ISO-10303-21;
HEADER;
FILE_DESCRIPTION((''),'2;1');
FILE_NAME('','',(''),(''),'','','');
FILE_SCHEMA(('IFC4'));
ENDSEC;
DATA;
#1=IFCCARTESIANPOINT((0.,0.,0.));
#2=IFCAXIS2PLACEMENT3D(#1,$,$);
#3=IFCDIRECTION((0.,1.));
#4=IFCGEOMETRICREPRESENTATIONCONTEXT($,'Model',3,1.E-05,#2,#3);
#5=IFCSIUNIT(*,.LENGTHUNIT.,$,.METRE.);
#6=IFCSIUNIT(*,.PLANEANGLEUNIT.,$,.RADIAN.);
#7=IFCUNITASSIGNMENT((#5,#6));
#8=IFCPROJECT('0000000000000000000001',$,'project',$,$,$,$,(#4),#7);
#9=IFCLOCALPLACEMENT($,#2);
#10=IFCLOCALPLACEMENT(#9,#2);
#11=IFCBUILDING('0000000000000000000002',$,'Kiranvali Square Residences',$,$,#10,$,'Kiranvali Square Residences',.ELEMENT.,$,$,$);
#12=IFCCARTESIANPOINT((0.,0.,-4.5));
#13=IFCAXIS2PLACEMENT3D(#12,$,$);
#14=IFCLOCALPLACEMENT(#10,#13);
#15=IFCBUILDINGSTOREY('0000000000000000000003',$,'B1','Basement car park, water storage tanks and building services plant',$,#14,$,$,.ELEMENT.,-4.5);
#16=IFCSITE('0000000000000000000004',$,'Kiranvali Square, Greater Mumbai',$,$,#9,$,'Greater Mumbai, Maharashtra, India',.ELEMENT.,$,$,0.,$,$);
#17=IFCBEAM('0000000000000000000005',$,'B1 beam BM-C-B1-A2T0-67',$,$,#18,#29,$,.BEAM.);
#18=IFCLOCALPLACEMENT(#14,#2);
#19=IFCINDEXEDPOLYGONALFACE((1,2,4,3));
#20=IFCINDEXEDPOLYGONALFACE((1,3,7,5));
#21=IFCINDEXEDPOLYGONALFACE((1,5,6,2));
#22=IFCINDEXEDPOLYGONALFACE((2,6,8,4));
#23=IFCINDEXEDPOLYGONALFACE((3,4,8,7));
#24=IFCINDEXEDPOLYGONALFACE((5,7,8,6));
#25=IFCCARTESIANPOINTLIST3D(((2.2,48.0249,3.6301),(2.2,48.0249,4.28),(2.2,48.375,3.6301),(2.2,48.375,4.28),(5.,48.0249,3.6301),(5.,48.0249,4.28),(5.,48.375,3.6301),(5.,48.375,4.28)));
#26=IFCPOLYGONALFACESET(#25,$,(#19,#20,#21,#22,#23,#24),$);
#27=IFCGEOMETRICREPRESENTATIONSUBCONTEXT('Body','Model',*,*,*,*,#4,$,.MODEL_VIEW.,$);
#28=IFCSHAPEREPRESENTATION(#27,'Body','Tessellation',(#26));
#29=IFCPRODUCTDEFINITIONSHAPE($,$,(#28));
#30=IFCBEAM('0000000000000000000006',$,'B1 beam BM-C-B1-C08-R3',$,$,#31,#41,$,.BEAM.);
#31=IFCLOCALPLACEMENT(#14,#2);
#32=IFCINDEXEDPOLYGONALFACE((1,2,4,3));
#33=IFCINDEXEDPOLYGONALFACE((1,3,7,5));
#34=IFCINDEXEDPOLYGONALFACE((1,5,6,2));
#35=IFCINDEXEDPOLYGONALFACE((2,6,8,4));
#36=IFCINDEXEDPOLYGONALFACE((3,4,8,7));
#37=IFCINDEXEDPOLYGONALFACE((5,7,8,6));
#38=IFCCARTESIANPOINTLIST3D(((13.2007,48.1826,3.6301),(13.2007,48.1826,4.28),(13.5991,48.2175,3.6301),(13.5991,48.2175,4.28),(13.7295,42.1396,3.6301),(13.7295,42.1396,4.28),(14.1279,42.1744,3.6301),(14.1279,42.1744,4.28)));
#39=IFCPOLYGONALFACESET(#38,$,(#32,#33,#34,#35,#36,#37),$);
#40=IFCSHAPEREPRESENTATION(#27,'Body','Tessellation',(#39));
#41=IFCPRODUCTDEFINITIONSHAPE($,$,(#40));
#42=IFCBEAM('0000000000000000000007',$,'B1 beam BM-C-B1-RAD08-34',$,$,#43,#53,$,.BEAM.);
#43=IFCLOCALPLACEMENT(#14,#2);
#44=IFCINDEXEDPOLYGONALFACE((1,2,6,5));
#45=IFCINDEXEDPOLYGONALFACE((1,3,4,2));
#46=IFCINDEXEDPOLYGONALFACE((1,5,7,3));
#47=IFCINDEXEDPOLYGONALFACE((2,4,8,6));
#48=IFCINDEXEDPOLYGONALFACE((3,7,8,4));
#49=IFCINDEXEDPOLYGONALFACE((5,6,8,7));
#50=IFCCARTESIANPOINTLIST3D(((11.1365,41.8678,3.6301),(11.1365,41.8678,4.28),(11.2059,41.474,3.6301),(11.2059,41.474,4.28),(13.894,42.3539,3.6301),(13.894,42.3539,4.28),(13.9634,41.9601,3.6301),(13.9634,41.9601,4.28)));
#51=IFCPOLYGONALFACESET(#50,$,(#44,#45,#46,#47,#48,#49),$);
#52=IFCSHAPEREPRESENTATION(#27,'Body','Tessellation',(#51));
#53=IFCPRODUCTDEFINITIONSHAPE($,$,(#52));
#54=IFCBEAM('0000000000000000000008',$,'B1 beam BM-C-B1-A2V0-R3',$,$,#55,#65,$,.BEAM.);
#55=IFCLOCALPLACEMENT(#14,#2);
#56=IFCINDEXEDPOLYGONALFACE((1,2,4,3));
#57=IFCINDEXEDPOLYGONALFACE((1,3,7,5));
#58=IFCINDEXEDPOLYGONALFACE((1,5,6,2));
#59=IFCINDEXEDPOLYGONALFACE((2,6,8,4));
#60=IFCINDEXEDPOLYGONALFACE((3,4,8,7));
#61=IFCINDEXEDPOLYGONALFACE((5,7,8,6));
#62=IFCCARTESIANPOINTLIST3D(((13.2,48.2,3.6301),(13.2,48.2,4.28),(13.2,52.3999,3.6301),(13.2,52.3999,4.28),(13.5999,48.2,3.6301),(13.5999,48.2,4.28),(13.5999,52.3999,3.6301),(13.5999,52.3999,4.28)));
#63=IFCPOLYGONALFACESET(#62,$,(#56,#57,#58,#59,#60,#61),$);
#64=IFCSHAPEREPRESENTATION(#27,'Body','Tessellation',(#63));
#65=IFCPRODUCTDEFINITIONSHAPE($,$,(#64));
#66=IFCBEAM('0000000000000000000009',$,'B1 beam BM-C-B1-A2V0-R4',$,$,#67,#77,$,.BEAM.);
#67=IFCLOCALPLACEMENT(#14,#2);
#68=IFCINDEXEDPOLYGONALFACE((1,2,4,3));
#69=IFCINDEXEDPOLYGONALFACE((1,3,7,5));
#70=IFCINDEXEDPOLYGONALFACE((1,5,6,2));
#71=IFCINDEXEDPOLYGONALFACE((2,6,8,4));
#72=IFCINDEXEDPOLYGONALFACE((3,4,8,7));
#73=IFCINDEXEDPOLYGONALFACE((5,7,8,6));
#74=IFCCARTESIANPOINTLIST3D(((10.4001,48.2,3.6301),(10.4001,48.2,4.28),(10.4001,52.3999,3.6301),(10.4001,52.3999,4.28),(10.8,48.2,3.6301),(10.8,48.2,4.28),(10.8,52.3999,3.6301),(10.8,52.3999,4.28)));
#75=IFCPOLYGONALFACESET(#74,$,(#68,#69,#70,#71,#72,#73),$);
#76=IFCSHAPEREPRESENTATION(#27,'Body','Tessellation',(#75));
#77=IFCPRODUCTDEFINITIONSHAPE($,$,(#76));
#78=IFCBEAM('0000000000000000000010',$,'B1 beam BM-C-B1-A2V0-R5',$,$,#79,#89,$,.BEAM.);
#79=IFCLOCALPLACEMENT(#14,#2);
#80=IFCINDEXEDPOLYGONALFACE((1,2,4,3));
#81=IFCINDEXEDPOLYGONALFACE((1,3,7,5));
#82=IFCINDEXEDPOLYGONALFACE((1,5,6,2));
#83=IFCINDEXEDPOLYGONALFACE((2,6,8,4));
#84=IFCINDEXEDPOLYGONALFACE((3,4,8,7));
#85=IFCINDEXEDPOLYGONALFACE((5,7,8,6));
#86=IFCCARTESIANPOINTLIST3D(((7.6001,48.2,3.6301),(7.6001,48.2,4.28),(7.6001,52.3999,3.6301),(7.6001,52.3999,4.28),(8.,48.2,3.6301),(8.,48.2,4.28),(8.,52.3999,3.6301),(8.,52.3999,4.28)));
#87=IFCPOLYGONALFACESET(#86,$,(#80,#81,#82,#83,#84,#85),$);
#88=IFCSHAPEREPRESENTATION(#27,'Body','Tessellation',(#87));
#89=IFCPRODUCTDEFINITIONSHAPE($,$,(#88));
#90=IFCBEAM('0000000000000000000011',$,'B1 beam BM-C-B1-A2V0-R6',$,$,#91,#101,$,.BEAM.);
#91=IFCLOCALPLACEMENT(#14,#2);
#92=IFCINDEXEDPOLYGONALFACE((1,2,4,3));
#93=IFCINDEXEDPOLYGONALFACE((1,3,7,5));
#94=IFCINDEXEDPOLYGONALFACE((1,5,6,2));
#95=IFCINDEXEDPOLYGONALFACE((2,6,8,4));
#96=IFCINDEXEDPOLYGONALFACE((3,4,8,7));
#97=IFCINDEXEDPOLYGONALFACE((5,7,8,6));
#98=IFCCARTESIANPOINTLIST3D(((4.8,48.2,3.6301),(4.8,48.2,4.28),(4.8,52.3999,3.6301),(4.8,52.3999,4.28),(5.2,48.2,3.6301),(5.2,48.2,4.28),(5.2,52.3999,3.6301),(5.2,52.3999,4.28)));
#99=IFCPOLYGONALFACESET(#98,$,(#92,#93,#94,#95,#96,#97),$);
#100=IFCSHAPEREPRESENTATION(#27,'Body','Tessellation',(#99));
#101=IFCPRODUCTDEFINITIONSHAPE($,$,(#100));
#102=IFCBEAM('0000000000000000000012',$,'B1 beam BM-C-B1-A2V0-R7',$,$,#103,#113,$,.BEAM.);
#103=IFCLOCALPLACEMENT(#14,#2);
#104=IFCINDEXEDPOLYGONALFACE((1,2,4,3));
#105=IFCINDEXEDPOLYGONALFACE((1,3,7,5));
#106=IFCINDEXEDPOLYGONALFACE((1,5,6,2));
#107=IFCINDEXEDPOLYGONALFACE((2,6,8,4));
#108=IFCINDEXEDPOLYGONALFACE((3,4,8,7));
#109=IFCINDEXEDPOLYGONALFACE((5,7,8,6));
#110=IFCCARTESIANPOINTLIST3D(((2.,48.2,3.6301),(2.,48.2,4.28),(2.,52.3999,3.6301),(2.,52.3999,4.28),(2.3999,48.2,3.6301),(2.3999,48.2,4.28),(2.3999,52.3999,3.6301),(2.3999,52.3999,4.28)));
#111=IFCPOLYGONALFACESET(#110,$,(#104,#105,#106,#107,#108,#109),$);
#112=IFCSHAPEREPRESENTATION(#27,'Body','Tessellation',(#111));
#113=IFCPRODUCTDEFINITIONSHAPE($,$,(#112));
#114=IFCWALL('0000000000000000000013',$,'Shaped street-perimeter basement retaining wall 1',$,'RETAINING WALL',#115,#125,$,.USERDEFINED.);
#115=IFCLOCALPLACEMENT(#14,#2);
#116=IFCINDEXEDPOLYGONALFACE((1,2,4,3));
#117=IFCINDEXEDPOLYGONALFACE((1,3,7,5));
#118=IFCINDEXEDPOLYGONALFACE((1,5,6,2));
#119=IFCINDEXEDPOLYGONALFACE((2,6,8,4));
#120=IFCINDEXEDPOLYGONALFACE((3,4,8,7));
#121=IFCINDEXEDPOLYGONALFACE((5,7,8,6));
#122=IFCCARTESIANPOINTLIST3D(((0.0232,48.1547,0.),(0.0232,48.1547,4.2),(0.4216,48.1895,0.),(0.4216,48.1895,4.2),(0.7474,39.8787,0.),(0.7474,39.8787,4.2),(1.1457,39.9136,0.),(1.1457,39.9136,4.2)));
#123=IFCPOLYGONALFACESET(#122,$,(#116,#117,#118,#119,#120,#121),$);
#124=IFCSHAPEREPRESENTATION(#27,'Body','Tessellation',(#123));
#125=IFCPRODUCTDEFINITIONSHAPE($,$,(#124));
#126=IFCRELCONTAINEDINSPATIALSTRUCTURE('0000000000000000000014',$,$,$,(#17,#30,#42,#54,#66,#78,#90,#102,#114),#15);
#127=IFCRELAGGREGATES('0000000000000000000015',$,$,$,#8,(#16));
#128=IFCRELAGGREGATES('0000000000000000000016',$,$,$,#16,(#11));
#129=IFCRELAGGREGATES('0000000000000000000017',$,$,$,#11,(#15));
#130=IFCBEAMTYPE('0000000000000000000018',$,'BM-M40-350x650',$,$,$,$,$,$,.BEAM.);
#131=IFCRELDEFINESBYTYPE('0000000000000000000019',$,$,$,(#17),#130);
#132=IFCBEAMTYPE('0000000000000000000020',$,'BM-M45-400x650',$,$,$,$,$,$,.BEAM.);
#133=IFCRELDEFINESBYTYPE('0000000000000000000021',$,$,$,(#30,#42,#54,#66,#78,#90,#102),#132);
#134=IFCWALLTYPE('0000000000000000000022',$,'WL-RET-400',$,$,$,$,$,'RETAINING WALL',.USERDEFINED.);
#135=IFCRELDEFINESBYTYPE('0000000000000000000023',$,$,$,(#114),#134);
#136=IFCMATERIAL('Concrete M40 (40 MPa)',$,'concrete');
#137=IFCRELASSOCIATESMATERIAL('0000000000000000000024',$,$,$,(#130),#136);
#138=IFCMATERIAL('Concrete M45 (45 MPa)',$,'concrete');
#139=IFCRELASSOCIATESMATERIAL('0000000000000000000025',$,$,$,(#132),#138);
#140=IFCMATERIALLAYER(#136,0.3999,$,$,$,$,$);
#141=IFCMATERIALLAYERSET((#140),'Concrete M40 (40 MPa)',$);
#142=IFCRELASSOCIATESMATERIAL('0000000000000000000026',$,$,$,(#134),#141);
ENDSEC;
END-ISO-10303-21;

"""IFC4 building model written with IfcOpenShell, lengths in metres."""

from ifc_helpers import new_model, si_unit, direction, frame, frame_2d, origin, origin_2d, place, context, subcontext, project, spatial, rectangle, extrude, material, layer, layer_set, material_profile, profile_set, type_object, element, save


model = new_model("IFC4")

# Units and contexts
model_context = context("Model", 3, precision=1e-05, world=origin(), true_north=direction((0.0, 1.0)))
body_context = subcontext(model_context, "Body", "Model", "MODEL_VIEW")
ifc_project = project(units=[si_unit("LENGTHUNIT", "METRE"), si_unit("PLANEANGLEUNIT", "RADIAN")], contexts=[model_context])

# Site, building, storey
site_placement = place(None, origin())
site = spatial("IfcSite", under=ifc_project, at=site_placement, Name="Kiranvali Square, Greater Mumbai", LongName="Greater Mumbai, Maharashtra, India", CompositionType="ELEMENT", RefElevation=0.0)
building_placement = place(site_placement, origin())
building = spatial("IfcBuilding", under=site, at=building_placement, Name="Kiranvali Square Residences", LongName="Kiranvali Square Residences", CompositionType="ELEMENT")
storey_placement = place(building_placement, frame((0.0, 0.0, -4.5)))
storey = spatial("IfcBuildingStorey", under=building, at=storey_placement, Name="B1", Description="Basement car park, water storage tanks and building services plant", CompositionType="ELEMENT", Elevation=-4.5)

# Shared definitions
ifc_material_1 = material(Name="Concrete M40 (40 MPa)", Category="concrete")

# Beams
ifc_material_profile_1 = material_profile(ifc_material_1, rectangle(XDim=0.3501, YDim=0.6499, at=origin_2d()), Name="RC 350x650")
ifc_profile_set_1 = profile_set([ifc_material_profile_1], Name="Concrete M40 (40 MPa)")
beam_type_1 = type_object("IfcBeamType", Name="BM-M40-350x650", PredefinedType="BEAM", material=ifc_profile_set_1)
for number, where, z_axis, x_axis, name in (
    (1, (5.0, 48.2, 3.9551), (-1.0, 0.0, 0.0), (0.0, -1.0, 0.0), "B1 beam BM-C-B1-A2T0-67"),
):
    element("IfcBeam", number, at=place(storey_placement, frame(where, z_axis=z_axis, x_axis=x_axis)), inside=storey, type_object=beam_type_1, Name=name, PredefinedType="BEAM", context=body_context, shape_type="SweptSolid", body=[
        extrude(rectangle(XDim=0.3501, YDim=0.6499, at=origin_2d()), origin(), (0.0, 0.0, 1.0), 2.8),
    ])
ifc_material_2 = material(Name="Concrete M45 (45 MPa)", Category="concrete")
ifc_material_profile_2 = material_profile(ifc_material_2, rectangle(XDim=0.3999, YDim=0.6499, at=origin_2d()), Name="RC 400x650")
ifc_profile_set_2 = profile_set([ifc_material_profile_2], Name="Concrete M45 (45 MPa)")
beam_type_2 = type_object("IfcBeamType", Name="BM-M45-400x650", PredefinedType="BEAM", material=ifc_profile_set_2)
beam_1_placement = place(storey_placement, frame((13.9287, 42.157, 3.9551), z_axis=(-0.087175, 0.996193, 0.0), x_axis=(-0.996193, -0.087175, 0.0)))
element("IfcBeam", 2, at=beam_1_placement, inside=storey, type_object=beam_type_2, Name="B1 beam BM-C-B1-C08-R3", PredefinedType="BEAM", context=body_context, shape_type="SweptSolid", body=[
    extrude(rectangle(XDim=0.3999, YDim=0.6499, at=origin_2d()), origin(), (0.0, 0.0, 1.0), 6.0662),
])
beam_2_placement = place(storey_placement, frame((13.9287, 42.157, 3.9551), z_axis=(-0.984817, -0.173596, 0.0), x_axis=(0.173596, -0.984817, 0.0)))
element("IfcBeam", 3, at=beam_2_placement, inside=storey, type_object=beam_type_2, Name="B1 beam BM-C-B1-RAD08-34", PredefinedType="BEAM", context=body_context, shape_type="SweptSolid", body=[
    extrude(rectangle(XDim=0.3999, YDim=0.6499, at=origin_2d()), origin(), (0.0, 0.0, 1.0), 2.8),
])
for number, where, z_axis, x_axis, name in (
    (4, (13.3999, 48.2, 3.9551), (0.0, 1.0, 0.0), (-1.0, 0.0, 0.0), "B1 beam BM-C-B1-A2V0-R3"),
    (5, (10.6001, 48.2, 3.9551), (0.0, 1.0, 0.0), (-1.0, 0.0, 0.0), "B1 beam BM-C-B1-A2V0-R4"),
    (6, (7.8, 48.2, 3.9551), (0.0, 1.0, 0.0), (-1.0, 0.0, 0.0), "B1 beam BM-C-B1-A2V0-R5"),
    (7, (5.0, 48.2, 3.9551), (0.0, 1.0, 0.0), (-1.0, 0.0, 0.0), "B1 beam BM-C-B1-A2V0-R6"),
    (8, (2.2, 48.2, 3.9551), (0.0, 1.0, 0.0), (-1.0, 0.0, 0.0), "B1 beam BM-C-B1-A2V0-R7"),
):
    element("IfcBeam", number, at=place(storey_placement, frame(where, z_axis=z_axis, x_axis=x_axis)), inside=storey, type_object=beam_type_2, Name=name, PredefinedType="BEAM", context=body_context, shape_type="SweptSolid", body=[
        extrude(rectangle(XDim=0.3999, YDim=0.6499, at=origin_2d()), origin(), (0.0, 0.0, 1.0), 4.2),
    ])

# Wall
ifc_layer = layer(ifc_material_1, 0.3999)
ifc_layer_set = layer_set([ifc_layer], Name="Concrete M40 (40 MPa)")
wall_type = type_object("IfcWallType", Name="WL-RET-400", ElementType="RETAINING WALL", PredefinedType="USERDEFINED", material=ifc_layer_set)
wall_placement = place(storey_placement, frame((0.2224, 48.1721, 0.0), z_axis=(0.0, 0.0, 1.0), x_axis=(0.087165, -0.996194, 0.0)))
element("IfcWall", 9, at=wall_placement, inside=storey, type_object=wall_type, Name="Shaped street-perimeter basement retaining wall 1", ObjectType="RETAINING WALL", PredefinedType="USERDEFINED", context=body_context, shape_type="SweptSolid", body=[
    extrude(rectangle(XDim=8.3076, YDim=0.3999, at=frame_2d((4.1538, 0.0))), origin(), (0.0, 0.0, 1.0), 4.2),
])

save(model, "model.ifc")
